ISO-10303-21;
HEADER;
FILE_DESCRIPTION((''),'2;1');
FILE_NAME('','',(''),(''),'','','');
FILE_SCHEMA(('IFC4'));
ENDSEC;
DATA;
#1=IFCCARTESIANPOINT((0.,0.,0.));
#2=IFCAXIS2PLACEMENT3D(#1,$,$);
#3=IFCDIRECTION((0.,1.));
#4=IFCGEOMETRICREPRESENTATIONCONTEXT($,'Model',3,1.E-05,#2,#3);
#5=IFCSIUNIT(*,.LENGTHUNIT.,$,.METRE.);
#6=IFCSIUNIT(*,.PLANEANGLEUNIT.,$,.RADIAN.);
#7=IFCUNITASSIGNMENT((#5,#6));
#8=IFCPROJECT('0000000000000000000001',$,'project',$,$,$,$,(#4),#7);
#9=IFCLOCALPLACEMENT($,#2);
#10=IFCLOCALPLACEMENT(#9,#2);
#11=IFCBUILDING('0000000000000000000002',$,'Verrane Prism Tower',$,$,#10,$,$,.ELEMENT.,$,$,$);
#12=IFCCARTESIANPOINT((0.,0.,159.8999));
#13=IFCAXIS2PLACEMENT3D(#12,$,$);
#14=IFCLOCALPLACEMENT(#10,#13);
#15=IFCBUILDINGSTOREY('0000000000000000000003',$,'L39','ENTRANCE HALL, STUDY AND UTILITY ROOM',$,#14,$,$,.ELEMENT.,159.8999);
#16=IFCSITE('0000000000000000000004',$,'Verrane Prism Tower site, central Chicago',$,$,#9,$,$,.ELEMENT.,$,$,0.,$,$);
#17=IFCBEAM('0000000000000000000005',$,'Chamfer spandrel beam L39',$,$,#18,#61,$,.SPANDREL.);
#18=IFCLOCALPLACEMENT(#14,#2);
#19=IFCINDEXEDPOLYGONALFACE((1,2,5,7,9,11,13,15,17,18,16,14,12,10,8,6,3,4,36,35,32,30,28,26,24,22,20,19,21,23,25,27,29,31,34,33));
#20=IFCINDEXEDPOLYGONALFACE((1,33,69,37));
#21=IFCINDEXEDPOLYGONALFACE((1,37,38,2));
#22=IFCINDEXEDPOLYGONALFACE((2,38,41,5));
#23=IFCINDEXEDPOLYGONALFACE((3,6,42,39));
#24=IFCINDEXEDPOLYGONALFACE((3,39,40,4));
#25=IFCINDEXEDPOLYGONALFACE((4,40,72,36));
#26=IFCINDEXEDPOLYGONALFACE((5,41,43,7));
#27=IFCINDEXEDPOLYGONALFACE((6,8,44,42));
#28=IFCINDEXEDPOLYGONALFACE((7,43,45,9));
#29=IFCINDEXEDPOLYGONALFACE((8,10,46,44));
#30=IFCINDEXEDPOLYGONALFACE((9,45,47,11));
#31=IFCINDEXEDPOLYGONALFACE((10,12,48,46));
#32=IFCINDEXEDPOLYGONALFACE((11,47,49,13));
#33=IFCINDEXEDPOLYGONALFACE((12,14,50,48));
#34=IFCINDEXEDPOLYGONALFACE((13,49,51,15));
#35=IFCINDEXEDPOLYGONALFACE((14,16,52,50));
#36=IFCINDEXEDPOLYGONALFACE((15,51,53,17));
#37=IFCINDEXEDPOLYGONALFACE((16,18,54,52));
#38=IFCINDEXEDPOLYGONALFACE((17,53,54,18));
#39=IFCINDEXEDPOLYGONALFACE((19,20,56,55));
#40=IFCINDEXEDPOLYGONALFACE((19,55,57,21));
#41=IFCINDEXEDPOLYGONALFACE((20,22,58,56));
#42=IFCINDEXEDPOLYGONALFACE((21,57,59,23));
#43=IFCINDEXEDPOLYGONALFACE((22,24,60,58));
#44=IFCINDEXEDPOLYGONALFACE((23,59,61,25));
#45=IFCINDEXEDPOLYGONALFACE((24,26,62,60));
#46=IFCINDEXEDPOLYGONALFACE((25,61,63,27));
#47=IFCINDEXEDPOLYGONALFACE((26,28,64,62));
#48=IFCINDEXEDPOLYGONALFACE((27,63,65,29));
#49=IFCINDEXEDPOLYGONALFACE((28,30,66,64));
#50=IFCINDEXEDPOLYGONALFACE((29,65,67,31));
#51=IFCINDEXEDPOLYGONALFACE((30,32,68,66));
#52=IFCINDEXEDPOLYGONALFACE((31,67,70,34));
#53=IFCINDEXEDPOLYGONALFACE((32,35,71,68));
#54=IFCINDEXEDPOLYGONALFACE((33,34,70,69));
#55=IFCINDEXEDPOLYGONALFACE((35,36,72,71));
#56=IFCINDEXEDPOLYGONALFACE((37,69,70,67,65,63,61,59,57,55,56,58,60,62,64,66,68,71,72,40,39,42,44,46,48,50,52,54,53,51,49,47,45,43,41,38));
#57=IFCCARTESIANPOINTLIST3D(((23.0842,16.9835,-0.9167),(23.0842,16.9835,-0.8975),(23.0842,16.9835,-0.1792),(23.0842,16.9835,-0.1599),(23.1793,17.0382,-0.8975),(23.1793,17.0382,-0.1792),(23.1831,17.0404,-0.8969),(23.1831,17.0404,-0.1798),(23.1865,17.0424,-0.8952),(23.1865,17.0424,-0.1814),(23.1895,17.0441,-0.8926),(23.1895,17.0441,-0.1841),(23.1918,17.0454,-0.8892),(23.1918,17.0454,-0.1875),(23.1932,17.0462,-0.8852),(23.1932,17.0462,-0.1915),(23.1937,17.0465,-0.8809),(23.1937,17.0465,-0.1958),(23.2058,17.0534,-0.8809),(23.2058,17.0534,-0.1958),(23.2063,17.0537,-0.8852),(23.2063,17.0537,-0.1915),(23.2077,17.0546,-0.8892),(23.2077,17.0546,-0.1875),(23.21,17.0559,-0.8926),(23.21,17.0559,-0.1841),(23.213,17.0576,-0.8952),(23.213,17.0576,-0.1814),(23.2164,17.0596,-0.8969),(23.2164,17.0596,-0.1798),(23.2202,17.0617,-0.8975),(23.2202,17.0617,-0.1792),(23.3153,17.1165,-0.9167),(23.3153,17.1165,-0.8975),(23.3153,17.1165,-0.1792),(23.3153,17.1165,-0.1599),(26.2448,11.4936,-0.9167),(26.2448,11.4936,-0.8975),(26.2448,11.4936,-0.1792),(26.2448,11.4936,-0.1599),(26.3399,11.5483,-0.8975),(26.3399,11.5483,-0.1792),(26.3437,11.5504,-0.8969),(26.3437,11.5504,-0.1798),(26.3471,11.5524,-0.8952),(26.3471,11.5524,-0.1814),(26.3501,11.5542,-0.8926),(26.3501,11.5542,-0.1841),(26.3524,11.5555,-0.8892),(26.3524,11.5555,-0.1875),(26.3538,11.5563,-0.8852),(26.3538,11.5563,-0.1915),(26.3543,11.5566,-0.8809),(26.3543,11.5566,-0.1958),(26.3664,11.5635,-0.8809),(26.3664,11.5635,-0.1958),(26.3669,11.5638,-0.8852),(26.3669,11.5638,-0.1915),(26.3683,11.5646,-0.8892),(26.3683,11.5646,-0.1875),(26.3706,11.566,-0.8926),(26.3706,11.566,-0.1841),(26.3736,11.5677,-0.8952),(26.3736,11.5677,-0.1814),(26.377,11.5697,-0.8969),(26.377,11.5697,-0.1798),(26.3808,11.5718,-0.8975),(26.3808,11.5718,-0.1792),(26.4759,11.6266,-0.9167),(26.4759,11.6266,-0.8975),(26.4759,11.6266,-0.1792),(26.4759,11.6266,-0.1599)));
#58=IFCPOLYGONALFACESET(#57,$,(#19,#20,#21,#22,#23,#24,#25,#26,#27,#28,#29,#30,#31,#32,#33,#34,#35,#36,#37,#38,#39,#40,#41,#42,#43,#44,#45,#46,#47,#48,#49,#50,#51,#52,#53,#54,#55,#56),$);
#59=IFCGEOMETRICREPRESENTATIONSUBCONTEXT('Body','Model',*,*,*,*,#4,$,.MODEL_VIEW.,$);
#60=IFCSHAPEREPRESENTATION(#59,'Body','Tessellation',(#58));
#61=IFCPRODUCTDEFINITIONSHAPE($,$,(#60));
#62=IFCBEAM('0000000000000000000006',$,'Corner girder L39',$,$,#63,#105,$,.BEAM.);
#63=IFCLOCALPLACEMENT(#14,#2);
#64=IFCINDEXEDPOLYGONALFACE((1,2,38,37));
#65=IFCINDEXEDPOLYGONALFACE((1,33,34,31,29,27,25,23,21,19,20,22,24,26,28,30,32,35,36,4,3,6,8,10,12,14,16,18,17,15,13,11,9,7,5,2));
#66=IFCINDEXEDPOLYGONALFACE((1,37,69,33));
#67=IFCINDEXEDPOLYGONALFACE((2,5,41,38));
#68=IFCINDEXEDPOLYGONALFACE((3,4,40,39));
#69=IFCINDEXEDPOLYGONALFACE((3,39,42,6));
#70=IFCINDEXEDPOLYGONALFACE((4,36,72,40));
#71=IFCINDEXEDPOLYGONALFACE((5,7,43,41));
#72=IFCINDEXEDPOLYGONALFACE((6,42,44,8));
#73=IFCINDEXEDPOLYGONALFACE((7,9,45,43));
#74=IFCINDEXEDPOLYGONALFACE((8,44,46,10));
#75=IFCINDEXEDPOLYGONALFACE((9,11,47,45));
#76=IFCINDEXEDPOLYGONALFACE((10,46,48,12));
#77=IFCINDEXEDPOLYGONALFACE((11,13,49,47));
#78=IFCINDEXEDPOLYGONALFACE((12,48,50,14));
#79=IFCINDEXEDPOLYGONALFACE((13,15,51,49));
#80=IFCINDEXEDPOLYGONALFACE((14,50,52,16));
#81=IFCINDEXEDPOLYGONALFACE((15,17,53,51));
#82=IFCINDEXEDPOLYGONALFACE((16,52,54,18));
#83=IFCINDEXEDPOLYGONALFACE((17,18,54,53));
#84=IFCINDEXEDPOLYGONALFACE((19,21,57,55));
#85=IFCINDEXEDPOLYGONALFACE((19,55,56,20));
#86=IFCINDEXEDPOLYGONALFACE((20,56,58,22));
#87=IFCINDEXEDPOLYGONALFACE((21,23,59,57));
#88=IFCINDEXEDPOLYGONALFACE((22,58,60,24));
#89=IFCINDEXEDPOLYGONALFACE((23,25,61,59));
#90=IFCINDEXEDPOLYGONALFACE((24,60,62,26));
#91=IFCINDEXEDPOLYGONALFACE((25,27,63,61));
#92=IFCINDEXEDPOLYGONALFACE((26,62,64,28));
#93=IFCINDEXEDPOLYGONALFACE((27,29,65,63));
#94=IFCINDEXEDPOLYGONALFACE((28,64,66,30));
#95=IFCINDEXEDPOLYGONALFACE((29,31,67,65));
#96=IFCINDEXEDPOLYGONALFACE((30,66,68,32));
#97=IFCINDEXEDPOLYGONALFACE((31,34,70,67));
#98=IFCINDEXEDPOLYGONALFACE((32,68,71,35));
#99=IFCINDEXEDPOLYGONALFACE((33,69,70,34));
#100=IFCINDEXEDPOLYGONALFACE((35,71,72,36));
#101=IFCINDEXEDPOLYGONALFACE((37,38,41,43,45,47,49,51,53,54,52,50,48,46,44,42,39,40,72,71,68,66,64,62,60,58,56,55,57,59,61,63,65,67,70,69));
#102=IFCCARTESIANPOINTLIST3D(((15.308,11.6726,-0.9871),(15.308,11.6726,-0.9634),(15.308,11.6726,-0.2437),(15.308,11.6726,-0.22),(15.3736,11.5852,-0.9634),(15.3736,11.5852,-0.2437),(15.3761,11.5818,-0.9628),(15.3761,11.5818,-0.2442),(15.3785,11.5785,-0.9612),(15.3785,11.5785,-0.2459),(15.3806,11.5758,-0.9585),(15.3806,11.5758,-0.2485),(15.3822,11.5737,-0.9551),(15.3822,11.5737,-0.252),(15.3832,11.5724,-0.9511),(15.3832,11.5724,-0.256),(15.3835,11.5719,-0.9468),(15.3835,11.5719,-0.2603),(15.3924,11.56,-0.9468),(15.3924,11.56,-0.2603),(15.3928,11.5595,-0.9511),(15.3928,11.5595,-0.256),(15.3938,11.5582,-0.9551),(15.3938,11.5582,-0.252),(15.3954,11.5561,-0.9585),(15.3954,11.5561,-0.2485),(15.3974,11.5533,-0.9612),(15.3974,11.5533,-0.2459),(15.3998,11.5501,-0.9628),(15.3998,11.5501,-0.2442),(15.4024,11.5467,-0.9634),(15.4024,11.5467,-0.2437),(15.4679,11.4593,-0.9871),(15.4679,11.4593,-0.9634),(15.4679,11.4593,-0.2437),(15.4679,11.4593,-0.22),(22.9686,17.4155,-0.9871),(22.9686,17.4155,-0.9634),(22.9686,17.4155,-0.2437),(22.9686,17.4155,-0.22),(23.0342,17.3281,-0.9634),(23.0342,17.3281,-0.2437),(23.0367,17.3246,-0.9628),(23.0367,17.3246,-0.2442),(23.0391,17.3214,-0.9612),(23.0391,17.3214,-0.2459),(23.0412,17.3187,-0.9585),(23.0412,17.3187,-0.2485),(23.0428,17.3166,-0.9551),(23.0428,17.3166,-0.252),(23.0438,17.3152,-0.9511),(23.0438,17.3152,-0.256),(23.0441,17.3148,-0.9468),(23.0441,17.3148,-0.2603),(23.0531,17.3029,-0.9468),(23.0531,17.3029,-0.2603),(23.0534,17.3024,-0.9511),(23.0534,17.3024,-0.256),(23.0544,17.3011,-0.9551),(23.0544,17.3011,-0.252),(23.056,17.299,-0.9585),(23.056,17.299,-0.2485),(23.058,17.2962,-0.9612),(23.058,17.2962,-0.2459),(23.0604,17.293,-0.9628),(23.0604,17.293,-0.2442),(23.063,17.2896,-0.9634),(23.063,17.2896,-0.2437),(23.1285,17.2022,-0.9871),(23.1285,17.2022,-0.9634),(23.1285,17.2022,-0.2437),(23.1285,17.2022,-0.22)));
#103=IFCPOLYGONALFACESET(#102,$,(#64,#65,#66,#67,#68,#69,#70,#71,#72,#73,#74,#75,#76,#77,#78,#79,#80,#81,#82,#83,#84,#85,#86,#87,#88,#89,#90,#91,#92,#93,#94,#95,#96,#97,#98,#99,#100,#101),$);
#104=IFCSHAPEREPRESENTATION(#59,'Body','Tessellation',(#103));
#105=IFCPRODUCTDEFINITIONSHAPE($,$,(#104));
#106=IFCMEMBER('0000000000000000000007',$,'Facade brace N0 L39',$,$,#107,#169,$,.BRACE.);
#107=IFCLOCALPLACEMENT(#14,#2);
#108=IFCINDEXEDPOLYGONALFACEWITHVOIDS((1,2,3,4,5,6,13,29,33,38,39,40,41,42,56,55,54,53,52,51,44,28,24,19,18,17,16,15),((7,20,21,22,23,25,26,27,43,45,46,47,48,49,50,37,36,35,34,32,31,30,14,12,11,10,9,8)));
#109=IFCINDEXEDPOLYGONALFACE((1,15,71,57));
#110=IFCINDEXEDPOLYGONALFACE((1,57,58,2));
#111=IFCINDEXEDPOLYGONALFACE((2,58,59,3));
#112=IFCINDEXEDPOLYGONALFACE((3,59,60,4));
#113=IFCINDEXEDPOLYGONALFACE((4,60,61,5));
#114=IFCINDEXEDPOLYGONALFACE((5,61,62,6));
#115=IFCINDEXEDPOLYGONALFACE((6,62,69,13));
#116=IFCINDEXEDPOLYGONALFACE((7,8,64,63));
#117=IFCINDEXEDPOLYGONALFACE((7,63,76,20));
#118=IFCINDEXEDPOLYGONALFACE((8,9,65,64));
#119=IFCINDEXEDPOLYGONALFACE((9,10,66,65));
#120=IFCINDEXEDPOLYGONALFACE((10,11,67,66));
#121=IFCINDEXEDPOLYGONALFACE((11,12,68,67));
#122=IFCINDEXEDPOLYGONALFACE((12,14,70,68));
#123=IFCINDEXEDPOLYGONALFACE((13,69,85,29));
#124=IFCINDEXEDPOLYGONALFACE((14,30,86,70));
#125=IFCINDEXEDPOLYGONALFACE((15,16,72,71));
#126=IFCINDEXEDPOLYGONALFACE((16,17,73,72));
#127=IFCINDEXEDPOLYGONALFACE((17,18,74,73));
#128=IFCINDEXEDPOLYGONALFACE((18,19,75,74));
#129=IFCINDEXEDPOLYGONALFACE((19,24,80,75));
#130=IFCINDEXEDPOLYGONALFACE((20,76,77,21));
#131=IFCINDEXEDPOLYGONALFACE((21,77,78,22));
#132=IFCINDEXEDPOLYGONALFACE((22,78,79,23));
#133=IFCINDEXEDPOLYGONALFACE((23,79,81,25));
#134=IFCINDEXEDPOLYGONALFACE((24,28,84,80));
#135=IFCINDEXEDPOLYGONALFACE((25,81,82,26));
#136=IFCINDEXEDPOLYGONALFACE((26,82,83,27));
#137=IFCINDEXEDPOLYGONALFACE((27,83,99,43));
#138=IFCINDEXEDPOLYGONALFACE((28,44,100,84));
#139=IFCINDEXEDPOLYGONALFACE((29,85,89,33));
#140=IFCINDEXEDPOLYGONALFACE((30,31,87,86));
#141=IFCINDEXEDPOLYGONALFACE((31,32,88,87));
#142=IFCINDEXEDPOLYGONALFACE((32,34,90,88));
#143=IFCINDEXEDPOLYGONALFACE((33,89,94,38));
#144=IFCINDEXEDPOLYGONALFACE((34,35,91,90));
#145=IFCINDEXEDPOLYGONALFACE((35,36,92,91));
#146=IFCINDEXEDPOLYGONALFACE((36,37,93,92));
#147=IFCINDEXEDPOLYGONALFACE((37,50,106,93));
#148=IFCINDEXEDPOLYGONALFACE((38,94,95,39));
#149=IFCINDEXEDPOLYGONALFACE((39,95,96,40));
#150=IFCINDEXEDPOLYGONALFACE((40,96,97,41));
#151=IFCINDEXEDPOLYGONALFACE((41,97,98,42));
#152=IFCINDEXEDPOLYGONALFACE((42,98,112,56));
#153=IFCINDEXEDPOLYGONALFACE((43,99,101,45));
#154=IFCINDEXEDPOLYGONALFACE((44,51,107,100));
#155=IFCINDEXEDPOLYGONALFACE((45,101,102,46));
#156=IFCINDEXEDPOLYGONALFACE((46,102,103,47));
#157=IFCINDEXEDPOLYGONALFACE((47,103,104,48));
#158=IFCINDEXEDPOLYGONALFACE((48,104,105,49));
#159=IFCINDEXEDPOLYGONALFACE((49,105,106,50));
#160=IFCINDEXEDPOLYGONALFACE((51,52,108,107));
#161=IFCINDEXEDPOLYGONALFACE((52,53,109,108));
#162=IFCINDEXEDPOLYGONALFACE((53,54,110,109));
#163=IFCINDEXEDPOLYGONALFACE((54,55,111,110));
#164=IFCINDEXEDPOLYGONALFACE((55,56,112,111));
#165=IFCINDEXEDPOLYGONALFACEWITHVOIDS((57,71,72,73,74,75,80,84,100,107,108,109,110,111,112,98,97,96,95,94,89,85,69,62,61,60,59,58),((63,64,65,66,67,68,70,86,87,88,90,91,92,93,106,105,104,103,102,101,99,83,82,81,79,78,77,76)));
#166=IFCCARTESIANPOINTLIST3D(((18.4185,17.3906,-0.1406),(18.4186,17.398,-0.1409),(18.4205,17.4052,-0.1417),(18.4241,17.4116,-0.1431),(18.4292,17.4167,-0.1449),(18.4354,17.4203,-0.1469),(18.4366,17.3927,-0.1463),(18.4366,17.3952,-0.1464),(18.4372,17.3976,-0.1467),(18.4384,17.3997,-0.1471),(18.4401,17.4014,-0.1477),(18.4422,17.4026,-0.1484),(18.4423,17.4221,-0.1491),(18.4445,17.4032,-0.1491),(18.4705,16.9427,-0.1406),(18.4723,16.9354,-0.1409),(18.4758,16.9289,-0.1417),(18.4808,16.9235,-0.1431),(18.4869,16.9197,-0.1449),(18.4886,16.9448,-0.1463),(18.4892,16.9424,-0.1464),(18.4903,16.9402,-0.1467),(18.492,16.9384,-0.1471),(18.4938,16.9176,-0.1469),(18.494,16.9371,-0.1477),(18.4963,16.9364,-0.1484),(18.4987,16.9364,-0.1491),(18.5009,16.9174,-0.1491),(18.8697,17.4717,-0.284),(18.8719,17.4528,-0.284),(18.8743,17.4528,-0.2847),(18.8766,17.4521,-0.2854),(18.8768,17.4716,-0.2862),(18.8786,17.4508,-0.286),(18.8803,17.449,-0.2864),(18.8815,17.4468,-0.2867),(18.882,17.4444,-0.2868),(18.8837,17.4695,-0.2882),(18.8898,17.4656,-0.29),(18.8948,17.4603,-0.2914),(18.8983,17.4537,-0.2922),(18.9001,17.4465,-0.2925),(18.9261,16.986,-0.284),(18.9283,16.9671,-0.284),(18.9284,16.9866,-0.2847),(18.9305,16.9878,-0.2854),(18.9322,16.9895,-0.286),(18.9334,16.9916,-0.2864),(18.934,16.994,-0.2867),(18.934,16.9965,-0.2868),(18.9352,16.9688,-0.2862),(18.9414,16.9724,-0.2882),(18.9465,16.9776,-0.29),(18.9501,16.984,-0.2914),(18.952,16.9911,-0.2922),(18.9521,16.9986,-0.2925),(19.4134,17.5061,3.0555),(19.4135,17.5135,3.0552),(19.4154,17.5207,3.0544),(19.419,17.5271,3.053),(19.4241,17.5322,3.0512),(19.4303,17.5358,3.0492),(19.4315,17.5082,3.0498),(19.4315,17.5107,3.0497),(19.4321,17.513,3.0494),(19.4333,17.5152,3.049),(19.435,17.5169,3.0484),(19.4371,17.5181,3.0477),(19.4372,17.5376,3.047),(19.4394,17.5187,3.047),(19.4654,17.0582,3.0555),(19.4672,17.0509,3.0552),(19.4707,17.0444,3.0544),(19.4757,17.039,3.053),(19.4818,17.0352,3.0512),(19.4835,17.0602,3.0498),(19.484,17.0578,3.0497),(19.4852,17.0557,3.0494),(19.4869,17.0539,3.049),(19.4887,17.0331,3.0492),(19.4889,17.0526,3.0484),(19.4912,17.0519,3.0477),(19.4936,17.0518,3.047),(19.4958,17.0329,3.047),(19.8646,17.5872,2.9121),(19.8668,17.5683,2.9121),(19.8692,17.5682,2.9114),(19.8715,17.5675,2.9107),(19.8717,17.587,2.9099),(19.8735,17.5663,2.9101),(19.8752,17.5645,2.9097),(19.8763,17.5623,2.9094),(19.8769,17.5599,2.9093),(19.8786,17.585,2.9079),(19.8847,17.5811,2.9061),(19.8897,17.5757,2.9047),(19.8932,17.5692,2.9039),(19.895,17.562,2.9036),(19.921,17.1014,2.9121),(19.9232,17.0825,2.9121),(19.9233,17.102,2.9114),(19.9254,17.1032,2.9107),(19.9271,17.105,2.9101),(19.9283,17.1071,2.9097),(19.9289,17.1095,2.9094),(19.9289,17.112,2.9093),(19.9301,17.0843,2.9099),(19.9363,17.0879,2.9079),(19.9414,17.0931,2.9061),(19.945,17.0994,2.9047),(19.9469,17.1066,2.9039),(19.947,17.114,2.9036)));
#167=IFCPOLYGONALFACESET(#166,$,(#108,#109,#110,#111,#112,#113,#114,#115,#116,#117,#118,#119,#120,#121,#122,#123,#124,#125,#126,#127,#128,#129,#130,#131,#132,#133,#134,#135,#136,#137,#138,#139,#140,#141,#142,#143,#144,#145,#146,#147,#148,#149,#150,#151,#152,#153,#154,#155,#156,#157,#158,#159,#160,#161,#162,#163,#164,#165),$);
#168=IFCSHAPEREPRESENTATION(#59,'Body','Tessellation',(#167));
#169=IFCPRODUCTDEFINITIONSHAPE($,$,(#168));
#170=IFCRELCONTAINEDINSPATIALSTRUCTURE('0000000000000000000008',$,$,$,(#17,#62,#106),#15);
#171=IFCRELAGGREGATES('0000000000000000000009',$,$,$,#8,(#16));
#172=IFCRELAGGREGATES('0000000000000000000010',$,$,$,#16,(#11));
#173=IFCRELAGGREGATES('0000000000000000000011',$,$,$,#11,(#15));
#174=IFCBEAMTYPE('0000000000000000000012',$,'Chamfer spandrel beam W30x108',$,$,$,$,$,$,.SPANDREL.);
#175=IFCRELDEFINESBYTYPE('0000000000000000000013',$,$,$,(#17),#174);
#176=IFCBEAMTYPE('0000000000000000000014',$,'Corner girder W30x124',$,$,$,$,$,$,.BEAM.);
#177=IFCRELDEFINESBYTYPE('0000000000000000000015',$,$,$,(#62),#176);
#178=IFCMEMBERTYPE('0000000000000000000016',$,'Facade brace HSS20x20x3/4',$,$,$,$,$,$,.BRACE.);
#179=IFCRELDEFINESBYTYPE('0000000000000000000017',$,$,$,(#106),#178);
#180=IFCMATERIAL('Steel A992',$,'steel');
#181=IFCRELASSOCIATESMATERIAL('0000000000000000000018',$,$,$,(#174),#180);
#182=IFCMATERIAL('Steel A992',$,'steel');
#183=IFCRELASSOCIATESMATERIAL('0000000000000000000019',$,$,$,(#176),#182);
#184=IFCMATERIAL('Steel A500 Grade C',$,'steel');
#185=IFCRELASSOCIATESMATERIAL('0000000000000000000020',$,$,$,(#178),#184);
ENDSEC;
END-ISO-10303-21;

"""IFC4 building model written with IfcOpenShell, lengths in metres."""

from ifc_helpers import new_model, si_unit, direction, frame, origin, origin_2d, place, context, subcontext, project, spatial, hollow_rectangle, i_section, extrude, material, material_profile, profile_set, type_object, element, save


model = new_model("IFC4")

# Units and contexts
model_context = context("Model", 3, precision=1e-05, world=origin(), true_north=direction((0.0, 1.0)))
body_context = subcontext(model_context, "Body", "Model", "MODEL_VIEW")
ifc_project = project(units=[si_unit("LENGTHUNIT", "METRE"), si_unit("PLANEANGLEUNIT", "RADIAN")], contexts=[model_context])

# Site, building, storey
site_placement = place(None, origin())
site = spatial("IfcSite", under=ifc_project, at=site_placement, Name="Verrane Prism Tower site, central Chicago", CompositionType="ELEMENT", RefElevation=0.0)
building_placement = place(site_placement, origin())
building = spatial("IfcBuilding", under=site, at=building_placement, Name="Verrane Prism Tower", CompositionType="ELEMENT")
storey_placement = place(building_placement, frame((0.0, 0.0, 159.8999)))
storey = spatial("IfcBuildingStorey", under=building, at=storey_placement, Name="L39", Description="ENTRANCE HALL, STUDY AND UTILITY ROOM", CompositionType="ELEMENT", Elevation=159.8999)

# Beams
ifc_material_1 = material(Name="Steel A992", Category="steel")
ifc_material_profile_1 = material_profile(ifc_material_1, i_section(OverallWidth=0.2666, OverallDepth=0.7568, WebThickness=0.0139, FlangeThickness=0.0193, FilletRadius=0.0166, at=origin_2d()), Name="W30x108")
ifc_profile_set_1 = profile_set([ifc_material_profile_1], Name="Steel A992")
beam_type_1 = type_object("IfcBeamType", Name="Chamfer spandrel beam W30x108", PredefinedType="SPANDREL", material=ifc_profile_set_1)
beam_1_placement = place(storey_placement, frame((26.3604, 11.5601, -0.5383), z_axis=(-0.498934, 0.86664, 0.0), x_axis=(-0.86664, -0.498934, 0.0)))
element("IfcBeam", 1, at=beam_1_placement, inside=storey, type_object=beam_type_1, Name="Chamfer spandrel beam L39", PredefinedType="SPANDREL", context=body_context, shape_type="SweptSolid", body=[
    extrude(i_section(OverallWidth=0.2666, OverallDepth=0.7568, WebThickness=0.0139, FlangeThickness=0.0193, FilletRadius=0.0166, at=origin_2d()), origin(), (0.0, 0.0, 1.0), 6.3347),
])
ifc_material_2 = material(Name="Steel A992", Category="steel")
ifc_material_profile_2 = material_profile(ifc_material_2, i_section(OverallWidth=0.2666, OverallDepth=0.7671, WebThickness=0.0149, FlangeThickness=0.0237, FilletRadius=0.0166, at=origin_2d()), Name="W30x124")
ifc_profile_set_2 = profile_set([ifc_material_profile_2], Name="Steel A992")
beam_type_2 = type_object("IfcBeamType", Name="Corner girder W30x124", PredefinedType="BEAM", material=ifc_profile_set_2)
beam_2_placement = place(storey_placement, frame((23.0486, 17.3088, -0.6035), z_axis=(-0.800128, -0.599829, 0.0), x_axis=(0.599829, -0.800128, 0.0)))
element("IfcBeam", 2, at=beam_2_placement, inside=storey, type_object=beam_type_2, Name="Corner girder L39", PredefinedType="BEAM", context=body_context, shape_type="SweptSolid", body=[
    extrude(i_section(OverallWidth=0.2666, OverallDepth=0.7671, WebThickness=0.0149, FlangeThickness=0.0237, FilletRadius=0.0166, at=origin_2d()), origin(), (0.0, 0.0, 1.0), 9.5742),
])

# Member
ifc_material_3 = material(Name="Steel A500 Grade C", Category="steel")
ifc_material_profile_3 = material_profile(ifc_material_3, hollow_rectangle(XDim=0.5081, YDim=0.5081, WallThickness=0.019, InnerFilletRadius=0.0095, OuterFilletRadius=0.0286, at=origin_2d()), Name="HSS20x20x3/4")
ifc_profile_set_3 = profile_set([ifc_material_profile_3], Name="Steel A500 Grade C")
member_type_1 = type_object("IfcMemberType", Name="Facade brace HSS20x20x3/4", PredefinedType="BRACE", material=ifc_profile_set_3)
member_1_placement = place(storey_placement, frame((18.6853, 17.1946, -0.2166), z_axis=(0.297039, 0.034478, 0.954243), x_axis=(-0.115299, 0.993331, 0.0)))
element("IfcMember", 3, at=member_1_placement, inside=storey, type_object=member_type_1, Name="Facade brace N0 L39", PredefinedType="BRACE", context=body_context, shape_type="SweptSolid", body=[
    extrude(hollow_rectangle(XDim=0.5081, YDim=0.5081, WallThickness=0.019, InnerFilletRadius=0.0095, OuterFilletRadius=0.0286, at=origin_2d()), origin(), (0.0, 0.0, 1.0), 3.3494),
])

save(model, "model.ifc")
